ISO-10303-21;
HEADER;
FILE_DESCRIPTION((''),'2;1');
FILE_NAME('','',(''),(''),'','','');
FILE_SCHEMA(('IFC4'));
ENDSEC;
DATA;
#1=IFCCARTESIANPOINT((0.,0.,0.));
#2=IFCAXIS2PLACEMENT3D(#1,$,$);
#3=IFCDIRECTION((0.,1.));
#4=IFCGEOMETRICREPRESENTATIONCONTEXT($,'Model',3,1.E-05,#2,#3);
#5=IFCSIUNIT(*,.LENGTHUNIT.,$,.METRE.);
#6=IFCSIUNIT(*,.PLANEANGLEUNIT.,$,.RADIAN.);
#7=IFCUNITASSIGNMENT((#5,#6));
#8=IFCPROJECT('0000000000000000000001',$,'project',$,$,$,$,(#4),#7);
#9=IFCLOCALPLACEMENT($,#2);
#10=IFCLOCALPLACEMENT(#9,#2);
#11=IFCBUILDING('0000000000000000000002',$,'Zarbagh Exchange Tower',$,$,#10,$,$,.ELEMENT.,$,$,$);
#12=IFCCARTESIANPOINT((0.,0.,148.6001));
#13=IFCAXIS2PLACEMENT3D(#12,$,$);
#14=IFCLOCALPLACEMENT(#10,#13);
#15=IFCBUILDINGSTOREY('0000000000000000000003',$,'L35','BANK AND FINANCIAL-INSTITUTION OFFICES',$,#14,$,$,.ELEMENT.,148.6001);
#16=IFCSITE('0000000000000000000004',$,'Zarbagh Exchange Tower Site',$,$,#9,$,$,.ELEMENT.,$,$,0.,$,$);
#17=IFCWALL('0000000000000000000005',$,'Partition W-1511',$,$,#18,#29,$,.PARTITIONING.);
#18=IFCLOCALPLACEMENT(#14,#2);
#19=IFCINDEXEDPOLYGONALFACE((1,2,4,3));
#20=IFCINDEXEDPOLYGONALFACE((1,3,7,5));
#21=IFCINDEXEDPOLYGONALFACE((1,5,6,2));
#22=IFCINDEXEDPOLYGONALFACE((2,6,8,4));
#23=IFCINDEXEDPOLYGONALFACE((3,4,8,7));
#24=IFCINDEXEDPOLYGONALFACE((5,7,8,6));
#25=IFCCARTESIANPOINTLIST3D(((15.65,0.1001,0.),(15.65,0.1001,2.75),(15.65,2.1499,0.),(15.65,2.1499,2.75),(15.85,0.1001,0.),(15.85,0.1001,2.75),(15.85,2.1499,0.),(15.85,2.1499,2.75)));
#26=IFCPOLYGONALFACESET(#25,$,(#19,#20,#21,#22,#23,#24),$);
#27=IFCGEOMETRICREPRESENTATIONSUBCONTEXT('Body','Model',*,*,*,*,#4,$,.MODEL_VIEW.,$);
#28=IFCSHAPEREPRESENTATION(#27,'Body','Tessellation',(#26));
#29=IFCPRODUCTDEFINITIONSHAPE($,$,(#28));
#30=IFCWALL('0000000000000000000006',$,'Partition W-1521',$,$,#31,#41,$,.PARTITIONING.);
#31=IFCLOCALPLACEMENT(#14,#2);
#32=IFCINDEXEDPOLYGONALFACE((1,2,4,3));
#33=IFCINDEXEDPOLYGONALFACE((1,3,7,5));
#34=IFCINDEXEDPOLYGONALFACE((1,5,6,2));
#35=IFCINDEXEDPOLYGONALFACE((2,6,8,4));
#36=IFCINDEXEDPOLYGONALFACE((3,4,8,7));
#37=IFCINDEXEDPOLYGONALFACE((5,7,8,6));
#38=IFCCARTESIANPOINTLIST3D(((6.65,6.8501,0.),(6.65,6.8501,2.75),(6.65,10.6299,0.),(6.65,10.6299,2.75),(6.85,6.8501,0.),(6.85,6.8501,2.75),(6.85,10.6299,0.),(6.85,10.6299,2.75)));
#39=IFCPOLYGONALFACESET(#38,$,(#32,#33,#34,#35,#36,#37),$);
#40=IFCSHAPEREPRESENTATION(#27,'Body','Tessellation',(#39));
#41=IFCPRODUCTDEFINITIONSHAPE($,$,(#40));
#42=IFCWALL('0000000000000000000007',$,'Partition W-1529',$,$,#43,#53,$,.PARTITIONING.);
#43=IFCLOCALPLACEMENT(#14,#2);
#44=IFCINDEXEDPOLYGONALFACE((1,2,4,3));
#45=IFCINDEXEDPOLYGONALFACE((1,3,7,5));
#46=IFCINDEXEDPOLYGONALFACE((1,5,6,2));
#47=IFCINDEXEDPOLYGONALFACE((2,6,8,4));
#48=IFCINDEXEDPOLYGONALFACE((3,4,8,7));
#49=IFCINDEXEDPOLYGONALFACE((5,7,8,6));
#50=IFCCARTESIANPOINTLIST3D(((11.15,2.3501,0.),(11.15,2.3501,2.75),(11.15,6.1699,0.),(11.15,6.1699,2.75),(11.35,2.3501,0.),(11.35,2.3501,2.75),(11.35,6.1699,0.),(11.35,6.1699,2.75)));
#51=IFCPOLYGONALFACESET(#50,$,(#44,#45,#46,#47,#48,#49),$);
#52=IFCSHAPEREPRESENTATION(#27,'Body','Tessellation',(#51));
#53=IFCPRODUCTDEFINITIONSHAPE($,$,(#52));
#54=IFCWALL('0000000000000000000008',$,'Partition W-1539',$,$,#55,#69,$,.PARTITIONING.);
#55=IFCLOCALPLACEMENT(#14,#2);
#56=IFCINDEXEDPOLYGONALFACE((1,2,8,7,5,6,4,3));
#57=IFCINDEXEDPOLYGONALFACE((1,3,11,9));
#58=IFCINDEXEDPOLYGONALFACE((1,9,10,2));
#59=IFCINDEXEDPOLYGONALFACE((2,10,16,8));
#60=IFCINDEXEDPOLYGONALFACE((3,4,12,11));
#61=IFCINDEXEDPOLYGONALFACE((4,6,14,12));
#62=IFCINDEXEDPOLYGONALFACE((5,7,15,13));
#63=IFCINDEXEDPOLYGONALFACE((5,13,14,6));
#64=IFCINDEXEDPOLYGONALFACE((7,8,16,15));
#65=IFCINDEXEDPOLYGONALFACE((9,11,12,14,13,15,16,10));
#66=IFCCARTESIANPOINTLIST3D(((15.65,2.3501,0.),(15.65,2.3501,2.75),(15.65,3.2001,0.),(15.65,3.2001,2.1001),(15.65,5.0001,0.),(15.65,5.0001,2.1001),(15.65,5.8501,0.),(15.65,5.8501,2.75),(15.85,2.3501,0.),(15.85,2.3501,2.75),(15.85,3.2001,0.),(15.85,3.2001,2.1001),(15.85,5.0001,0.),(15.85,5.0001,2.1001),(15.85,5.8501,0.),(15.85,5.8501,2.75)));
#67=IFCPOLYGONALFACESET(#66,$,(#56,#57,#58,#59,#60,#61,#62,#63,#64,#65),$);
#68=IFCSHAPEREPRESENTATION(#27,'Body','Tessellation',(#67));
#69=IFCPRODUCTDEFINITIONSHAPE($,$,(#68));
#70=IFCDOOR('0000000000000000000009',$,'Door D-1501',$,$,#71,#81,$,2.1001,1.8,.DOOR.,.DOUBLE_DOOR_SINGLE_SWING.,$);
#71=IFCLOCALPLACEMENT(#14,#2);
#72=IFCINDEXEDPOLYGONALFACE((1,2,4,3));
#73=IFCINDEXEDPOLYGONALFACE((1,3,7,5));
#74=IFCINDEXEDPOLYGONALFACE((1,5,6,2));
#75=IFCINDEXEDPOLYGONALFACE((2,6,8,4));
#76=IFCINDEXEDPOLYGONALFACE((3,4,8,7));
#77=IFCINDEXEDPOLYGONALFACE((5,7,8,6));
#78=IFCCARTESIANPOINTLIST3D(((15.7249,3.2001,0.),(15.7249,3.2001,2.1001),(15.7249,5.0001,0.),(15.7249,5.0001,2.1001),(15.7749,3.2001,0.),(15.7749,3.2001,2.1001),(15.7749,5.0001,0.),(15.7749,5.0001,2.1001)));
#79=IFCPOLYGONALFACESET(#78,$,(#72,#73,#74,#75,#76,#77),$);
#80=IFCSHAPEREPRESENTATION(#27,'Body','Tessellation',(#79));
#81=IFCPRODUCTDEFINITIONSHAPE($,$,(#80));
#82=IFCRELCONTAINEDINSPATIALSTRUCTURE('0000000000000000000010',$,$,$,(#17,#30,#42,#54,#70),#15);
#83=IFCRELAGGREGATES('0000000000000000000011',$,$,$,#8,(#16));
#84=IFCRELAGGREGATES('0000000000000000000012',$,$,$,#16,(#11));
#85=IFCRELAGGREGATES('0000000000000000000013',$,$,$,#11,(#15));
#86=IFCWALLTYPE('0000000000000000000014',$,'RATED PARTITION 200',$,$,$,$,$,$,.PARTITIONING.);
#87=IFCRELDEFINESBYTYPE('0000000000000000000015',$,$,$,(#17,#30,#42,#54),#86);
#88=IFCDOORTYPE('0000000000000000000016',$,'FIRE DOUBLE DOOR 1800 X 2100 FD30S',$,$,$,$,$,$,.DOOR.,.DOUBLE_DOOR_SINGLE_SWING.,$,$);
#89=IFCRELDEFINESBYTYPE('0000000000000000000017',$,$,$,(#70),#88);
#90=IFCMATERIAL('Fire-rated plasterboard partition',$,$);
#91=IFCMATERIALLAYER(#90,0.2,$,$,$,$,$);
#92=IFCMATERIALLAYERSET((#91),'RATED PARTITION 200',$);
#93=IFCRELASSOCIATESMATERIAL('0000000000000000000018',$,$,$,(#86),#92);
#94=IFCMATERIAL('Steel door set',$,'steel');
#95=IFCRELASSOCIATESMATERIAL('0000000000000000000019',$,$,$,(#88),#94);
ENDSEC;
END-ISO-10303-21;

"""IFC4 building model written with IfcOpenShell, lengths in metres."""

from ifc_helpers import new_model, si_unit, direction, frame, frame_2d, origin, place, context, subcontext, project, spatial, rectangle, extrude, material, layer, layer_set, type_object, element, fill, save


model = new_model("IFC4")

# Units and contexts
model_context = context("Model", 3, precision=1e-05, world=origin(), true_north=direction((0.0, 1.0)))
body_context = subcontext(model_context, "Body", "Model", "MODEL_VIEW")
ifc_project = project(units=[si_unit("LENGTHUNIT", "METRE"), si_unit("PLANEANGLEUNIT", "RADIAN")], contexts=[model_context])

# Site, building, storey
site_placement = place(None, origin())
site = spatial("IfcSite", under=ifc_project, at=site_placement, Name="Zarbagh Exchange Tower Site", CompositionType="ELEMENT", RefElevation=0.0)
building_placement = place(site_placement, origin())
building = spatial("IfcBuilding", under=site, at=building_placement, Name="Zarbagh Exchange Tower", CompositionType="ELEMENT")
storey_placement = place(building_placement, frame((0.0, 0.0, 148.6001)))
storey = spatial("IfcBuildingStorey", under=building, at=storey_placement, Name="L35", Description="BANK AND FINANCIAL-INSTITUTION OFFICES", CompositionType="ELEMENT", Elevation=148.6001)

# Shared definitions
ifc_material_1 = material(Name="Fire-rated plasterboard partition")
ifc_layer = layer(ifc_material_1, 0.2)
ifc_layer_set = layer_set([ifc_layer], Name="RATED PARTITION 200")
wall_type = type_object("IfcWallType", Name="RATED PARTITION 200", PredefinedType="PARTITIONING", material=ifc_layer_set)
ifc_material_2 = material(Name="Steel door set", Category="steel")

# Walls
wall_1_placement = place(storey_placement, frame((15.75, 0.1001, 0.0), z_axis=(0.0, 0.0, 1.0), x_axis=(0.0, 1.0, 0.0)))
element("IfcWall", 1, at=wall_1_placement, inside=storey, type_object=wall_type, Name="Partition W-1511", PredefinedType="PARTITIONING", context=body_context, shape_type="SweptSolid", body=[
    extrude(rectangle(XDim=2.0498, YDim=0.2, at=frame_2d((1.0249, 0.0))), origin(), (0.0, 0.0, 1.0), 2.75),
])
wall_2_placement = place(storey_placement, frame((6.75, 6.8501, 0.0), z_axis=(0.0, 0.0, 1.0), x_axis=(0.0, 1.0, 0.0)))
element("IfcWall", 2, at=wall_2_placement, inside=storey, type_object=wall_type, Name="Partition W-1521", PredefinedType="PARTITIONING", context=body_context, shape_type="SweptSolid", body=[
    extrude(rectangle(XDim=3.7798, YDim=0.2, at=frame_2d((1.8899, 0.0))), origin(), (0.0, 0.0, 1.0), 2.75),
])
wall_3_placement = place(storey_placement, frame((11.25, 2.3501, 0.0), z_axis=(0.0, 0.0, 1.0), x_axis=(0.0, 1.0, 0.0)))
element("IfcWall", 3, at=wall_3_placement, inside=storey, type_object=wall_type, Name="Partition W-1529", PredefinedType="PARTITIONING", context=body_context, shape_type="SweptSolid", body=[
    extrude(rectangle(XDim=3.8198, YDim=0.2, at=frame_2d((1.9099, 0.0))), origin(), (0.0, 0.0, 1.0), 2.75),
])

# Wall, opening, door
wall_4_placement = place(storey_placement, frame((15.75, 5.8501, 0.0), z_axis=(0.0, 0.0, 1.0), x_axis=(0.0, -1.0, 0.0)))
wall_4 = element("IfcWall", 4, at=wall_4_placement, inside=storey, type_object=wall_type, Name="Partition W-1539", PredefinedType="PARTITIONING", context=body_context, shape_type="SweptSolid", body=[
    extrude(rectangle(XDim=3.5, YDim=0.2, at=frame_2d((1.75, 0.0))), origin(), (0.0, 0.0, 1.0), 2.75),
])
opening_1_placement = place(wall_4_placement, frame((0.8501, 0.0, 0.0)))
opening_1 = element("IfcOpeningElement", 5, at=opening_1_placement, cuts=wall_4, PredefinedType="OPENING", context=body_context, shape_type="SweptSolid", body=[
    extrude(rectangle(XDim=1.8, YDim=2.1001, at=frame_2d((0.8999, 1.05))), frame((0.0, 0.1099, 0.0), z_axis=(0.0, -1.0, 0.0), x_axis=(1.0, 0.0, 0.0)), (0.0, 0.0, 1.0), 0.22),
])
door_type_1 = type_object("IfcDoorType", Name="FIRE DOUBLE DOOR 1800 X 2100 FD30S", OperationType="DOUBLE_DOOR_SINGLE_SWING", PredefinedType="DOOR", material=ifc_material_2)
door_1_placement = place(opening_1_placement, origin())
door_1 = element("IfcDoor", 6, at=door_1_placement, inside=storey, type_object=door_type_1, Name="Door D-1501", OperationType="DOUBLE_DOOR_SINGLE_SWING", OverallHeight=2.1001, OverallWidth=1.8, PredefinedType="DOOR", context=body_context, shape_type="SweptSolid", body=[
    extrude(rectangle(XDim=1.8, YDim=2.1001, at=frame_2d((0.8999, 1.05))), frame((0.0, 0.0249, 0.0), z_axis=(0.0, -1.0, 0.0), x_axis=(1.0, 0.0, 0.0)), (0.0, 0.0, 1.0), 0.05),
])
fill(opening_1, door_1)

save(model, "model.ifc")
